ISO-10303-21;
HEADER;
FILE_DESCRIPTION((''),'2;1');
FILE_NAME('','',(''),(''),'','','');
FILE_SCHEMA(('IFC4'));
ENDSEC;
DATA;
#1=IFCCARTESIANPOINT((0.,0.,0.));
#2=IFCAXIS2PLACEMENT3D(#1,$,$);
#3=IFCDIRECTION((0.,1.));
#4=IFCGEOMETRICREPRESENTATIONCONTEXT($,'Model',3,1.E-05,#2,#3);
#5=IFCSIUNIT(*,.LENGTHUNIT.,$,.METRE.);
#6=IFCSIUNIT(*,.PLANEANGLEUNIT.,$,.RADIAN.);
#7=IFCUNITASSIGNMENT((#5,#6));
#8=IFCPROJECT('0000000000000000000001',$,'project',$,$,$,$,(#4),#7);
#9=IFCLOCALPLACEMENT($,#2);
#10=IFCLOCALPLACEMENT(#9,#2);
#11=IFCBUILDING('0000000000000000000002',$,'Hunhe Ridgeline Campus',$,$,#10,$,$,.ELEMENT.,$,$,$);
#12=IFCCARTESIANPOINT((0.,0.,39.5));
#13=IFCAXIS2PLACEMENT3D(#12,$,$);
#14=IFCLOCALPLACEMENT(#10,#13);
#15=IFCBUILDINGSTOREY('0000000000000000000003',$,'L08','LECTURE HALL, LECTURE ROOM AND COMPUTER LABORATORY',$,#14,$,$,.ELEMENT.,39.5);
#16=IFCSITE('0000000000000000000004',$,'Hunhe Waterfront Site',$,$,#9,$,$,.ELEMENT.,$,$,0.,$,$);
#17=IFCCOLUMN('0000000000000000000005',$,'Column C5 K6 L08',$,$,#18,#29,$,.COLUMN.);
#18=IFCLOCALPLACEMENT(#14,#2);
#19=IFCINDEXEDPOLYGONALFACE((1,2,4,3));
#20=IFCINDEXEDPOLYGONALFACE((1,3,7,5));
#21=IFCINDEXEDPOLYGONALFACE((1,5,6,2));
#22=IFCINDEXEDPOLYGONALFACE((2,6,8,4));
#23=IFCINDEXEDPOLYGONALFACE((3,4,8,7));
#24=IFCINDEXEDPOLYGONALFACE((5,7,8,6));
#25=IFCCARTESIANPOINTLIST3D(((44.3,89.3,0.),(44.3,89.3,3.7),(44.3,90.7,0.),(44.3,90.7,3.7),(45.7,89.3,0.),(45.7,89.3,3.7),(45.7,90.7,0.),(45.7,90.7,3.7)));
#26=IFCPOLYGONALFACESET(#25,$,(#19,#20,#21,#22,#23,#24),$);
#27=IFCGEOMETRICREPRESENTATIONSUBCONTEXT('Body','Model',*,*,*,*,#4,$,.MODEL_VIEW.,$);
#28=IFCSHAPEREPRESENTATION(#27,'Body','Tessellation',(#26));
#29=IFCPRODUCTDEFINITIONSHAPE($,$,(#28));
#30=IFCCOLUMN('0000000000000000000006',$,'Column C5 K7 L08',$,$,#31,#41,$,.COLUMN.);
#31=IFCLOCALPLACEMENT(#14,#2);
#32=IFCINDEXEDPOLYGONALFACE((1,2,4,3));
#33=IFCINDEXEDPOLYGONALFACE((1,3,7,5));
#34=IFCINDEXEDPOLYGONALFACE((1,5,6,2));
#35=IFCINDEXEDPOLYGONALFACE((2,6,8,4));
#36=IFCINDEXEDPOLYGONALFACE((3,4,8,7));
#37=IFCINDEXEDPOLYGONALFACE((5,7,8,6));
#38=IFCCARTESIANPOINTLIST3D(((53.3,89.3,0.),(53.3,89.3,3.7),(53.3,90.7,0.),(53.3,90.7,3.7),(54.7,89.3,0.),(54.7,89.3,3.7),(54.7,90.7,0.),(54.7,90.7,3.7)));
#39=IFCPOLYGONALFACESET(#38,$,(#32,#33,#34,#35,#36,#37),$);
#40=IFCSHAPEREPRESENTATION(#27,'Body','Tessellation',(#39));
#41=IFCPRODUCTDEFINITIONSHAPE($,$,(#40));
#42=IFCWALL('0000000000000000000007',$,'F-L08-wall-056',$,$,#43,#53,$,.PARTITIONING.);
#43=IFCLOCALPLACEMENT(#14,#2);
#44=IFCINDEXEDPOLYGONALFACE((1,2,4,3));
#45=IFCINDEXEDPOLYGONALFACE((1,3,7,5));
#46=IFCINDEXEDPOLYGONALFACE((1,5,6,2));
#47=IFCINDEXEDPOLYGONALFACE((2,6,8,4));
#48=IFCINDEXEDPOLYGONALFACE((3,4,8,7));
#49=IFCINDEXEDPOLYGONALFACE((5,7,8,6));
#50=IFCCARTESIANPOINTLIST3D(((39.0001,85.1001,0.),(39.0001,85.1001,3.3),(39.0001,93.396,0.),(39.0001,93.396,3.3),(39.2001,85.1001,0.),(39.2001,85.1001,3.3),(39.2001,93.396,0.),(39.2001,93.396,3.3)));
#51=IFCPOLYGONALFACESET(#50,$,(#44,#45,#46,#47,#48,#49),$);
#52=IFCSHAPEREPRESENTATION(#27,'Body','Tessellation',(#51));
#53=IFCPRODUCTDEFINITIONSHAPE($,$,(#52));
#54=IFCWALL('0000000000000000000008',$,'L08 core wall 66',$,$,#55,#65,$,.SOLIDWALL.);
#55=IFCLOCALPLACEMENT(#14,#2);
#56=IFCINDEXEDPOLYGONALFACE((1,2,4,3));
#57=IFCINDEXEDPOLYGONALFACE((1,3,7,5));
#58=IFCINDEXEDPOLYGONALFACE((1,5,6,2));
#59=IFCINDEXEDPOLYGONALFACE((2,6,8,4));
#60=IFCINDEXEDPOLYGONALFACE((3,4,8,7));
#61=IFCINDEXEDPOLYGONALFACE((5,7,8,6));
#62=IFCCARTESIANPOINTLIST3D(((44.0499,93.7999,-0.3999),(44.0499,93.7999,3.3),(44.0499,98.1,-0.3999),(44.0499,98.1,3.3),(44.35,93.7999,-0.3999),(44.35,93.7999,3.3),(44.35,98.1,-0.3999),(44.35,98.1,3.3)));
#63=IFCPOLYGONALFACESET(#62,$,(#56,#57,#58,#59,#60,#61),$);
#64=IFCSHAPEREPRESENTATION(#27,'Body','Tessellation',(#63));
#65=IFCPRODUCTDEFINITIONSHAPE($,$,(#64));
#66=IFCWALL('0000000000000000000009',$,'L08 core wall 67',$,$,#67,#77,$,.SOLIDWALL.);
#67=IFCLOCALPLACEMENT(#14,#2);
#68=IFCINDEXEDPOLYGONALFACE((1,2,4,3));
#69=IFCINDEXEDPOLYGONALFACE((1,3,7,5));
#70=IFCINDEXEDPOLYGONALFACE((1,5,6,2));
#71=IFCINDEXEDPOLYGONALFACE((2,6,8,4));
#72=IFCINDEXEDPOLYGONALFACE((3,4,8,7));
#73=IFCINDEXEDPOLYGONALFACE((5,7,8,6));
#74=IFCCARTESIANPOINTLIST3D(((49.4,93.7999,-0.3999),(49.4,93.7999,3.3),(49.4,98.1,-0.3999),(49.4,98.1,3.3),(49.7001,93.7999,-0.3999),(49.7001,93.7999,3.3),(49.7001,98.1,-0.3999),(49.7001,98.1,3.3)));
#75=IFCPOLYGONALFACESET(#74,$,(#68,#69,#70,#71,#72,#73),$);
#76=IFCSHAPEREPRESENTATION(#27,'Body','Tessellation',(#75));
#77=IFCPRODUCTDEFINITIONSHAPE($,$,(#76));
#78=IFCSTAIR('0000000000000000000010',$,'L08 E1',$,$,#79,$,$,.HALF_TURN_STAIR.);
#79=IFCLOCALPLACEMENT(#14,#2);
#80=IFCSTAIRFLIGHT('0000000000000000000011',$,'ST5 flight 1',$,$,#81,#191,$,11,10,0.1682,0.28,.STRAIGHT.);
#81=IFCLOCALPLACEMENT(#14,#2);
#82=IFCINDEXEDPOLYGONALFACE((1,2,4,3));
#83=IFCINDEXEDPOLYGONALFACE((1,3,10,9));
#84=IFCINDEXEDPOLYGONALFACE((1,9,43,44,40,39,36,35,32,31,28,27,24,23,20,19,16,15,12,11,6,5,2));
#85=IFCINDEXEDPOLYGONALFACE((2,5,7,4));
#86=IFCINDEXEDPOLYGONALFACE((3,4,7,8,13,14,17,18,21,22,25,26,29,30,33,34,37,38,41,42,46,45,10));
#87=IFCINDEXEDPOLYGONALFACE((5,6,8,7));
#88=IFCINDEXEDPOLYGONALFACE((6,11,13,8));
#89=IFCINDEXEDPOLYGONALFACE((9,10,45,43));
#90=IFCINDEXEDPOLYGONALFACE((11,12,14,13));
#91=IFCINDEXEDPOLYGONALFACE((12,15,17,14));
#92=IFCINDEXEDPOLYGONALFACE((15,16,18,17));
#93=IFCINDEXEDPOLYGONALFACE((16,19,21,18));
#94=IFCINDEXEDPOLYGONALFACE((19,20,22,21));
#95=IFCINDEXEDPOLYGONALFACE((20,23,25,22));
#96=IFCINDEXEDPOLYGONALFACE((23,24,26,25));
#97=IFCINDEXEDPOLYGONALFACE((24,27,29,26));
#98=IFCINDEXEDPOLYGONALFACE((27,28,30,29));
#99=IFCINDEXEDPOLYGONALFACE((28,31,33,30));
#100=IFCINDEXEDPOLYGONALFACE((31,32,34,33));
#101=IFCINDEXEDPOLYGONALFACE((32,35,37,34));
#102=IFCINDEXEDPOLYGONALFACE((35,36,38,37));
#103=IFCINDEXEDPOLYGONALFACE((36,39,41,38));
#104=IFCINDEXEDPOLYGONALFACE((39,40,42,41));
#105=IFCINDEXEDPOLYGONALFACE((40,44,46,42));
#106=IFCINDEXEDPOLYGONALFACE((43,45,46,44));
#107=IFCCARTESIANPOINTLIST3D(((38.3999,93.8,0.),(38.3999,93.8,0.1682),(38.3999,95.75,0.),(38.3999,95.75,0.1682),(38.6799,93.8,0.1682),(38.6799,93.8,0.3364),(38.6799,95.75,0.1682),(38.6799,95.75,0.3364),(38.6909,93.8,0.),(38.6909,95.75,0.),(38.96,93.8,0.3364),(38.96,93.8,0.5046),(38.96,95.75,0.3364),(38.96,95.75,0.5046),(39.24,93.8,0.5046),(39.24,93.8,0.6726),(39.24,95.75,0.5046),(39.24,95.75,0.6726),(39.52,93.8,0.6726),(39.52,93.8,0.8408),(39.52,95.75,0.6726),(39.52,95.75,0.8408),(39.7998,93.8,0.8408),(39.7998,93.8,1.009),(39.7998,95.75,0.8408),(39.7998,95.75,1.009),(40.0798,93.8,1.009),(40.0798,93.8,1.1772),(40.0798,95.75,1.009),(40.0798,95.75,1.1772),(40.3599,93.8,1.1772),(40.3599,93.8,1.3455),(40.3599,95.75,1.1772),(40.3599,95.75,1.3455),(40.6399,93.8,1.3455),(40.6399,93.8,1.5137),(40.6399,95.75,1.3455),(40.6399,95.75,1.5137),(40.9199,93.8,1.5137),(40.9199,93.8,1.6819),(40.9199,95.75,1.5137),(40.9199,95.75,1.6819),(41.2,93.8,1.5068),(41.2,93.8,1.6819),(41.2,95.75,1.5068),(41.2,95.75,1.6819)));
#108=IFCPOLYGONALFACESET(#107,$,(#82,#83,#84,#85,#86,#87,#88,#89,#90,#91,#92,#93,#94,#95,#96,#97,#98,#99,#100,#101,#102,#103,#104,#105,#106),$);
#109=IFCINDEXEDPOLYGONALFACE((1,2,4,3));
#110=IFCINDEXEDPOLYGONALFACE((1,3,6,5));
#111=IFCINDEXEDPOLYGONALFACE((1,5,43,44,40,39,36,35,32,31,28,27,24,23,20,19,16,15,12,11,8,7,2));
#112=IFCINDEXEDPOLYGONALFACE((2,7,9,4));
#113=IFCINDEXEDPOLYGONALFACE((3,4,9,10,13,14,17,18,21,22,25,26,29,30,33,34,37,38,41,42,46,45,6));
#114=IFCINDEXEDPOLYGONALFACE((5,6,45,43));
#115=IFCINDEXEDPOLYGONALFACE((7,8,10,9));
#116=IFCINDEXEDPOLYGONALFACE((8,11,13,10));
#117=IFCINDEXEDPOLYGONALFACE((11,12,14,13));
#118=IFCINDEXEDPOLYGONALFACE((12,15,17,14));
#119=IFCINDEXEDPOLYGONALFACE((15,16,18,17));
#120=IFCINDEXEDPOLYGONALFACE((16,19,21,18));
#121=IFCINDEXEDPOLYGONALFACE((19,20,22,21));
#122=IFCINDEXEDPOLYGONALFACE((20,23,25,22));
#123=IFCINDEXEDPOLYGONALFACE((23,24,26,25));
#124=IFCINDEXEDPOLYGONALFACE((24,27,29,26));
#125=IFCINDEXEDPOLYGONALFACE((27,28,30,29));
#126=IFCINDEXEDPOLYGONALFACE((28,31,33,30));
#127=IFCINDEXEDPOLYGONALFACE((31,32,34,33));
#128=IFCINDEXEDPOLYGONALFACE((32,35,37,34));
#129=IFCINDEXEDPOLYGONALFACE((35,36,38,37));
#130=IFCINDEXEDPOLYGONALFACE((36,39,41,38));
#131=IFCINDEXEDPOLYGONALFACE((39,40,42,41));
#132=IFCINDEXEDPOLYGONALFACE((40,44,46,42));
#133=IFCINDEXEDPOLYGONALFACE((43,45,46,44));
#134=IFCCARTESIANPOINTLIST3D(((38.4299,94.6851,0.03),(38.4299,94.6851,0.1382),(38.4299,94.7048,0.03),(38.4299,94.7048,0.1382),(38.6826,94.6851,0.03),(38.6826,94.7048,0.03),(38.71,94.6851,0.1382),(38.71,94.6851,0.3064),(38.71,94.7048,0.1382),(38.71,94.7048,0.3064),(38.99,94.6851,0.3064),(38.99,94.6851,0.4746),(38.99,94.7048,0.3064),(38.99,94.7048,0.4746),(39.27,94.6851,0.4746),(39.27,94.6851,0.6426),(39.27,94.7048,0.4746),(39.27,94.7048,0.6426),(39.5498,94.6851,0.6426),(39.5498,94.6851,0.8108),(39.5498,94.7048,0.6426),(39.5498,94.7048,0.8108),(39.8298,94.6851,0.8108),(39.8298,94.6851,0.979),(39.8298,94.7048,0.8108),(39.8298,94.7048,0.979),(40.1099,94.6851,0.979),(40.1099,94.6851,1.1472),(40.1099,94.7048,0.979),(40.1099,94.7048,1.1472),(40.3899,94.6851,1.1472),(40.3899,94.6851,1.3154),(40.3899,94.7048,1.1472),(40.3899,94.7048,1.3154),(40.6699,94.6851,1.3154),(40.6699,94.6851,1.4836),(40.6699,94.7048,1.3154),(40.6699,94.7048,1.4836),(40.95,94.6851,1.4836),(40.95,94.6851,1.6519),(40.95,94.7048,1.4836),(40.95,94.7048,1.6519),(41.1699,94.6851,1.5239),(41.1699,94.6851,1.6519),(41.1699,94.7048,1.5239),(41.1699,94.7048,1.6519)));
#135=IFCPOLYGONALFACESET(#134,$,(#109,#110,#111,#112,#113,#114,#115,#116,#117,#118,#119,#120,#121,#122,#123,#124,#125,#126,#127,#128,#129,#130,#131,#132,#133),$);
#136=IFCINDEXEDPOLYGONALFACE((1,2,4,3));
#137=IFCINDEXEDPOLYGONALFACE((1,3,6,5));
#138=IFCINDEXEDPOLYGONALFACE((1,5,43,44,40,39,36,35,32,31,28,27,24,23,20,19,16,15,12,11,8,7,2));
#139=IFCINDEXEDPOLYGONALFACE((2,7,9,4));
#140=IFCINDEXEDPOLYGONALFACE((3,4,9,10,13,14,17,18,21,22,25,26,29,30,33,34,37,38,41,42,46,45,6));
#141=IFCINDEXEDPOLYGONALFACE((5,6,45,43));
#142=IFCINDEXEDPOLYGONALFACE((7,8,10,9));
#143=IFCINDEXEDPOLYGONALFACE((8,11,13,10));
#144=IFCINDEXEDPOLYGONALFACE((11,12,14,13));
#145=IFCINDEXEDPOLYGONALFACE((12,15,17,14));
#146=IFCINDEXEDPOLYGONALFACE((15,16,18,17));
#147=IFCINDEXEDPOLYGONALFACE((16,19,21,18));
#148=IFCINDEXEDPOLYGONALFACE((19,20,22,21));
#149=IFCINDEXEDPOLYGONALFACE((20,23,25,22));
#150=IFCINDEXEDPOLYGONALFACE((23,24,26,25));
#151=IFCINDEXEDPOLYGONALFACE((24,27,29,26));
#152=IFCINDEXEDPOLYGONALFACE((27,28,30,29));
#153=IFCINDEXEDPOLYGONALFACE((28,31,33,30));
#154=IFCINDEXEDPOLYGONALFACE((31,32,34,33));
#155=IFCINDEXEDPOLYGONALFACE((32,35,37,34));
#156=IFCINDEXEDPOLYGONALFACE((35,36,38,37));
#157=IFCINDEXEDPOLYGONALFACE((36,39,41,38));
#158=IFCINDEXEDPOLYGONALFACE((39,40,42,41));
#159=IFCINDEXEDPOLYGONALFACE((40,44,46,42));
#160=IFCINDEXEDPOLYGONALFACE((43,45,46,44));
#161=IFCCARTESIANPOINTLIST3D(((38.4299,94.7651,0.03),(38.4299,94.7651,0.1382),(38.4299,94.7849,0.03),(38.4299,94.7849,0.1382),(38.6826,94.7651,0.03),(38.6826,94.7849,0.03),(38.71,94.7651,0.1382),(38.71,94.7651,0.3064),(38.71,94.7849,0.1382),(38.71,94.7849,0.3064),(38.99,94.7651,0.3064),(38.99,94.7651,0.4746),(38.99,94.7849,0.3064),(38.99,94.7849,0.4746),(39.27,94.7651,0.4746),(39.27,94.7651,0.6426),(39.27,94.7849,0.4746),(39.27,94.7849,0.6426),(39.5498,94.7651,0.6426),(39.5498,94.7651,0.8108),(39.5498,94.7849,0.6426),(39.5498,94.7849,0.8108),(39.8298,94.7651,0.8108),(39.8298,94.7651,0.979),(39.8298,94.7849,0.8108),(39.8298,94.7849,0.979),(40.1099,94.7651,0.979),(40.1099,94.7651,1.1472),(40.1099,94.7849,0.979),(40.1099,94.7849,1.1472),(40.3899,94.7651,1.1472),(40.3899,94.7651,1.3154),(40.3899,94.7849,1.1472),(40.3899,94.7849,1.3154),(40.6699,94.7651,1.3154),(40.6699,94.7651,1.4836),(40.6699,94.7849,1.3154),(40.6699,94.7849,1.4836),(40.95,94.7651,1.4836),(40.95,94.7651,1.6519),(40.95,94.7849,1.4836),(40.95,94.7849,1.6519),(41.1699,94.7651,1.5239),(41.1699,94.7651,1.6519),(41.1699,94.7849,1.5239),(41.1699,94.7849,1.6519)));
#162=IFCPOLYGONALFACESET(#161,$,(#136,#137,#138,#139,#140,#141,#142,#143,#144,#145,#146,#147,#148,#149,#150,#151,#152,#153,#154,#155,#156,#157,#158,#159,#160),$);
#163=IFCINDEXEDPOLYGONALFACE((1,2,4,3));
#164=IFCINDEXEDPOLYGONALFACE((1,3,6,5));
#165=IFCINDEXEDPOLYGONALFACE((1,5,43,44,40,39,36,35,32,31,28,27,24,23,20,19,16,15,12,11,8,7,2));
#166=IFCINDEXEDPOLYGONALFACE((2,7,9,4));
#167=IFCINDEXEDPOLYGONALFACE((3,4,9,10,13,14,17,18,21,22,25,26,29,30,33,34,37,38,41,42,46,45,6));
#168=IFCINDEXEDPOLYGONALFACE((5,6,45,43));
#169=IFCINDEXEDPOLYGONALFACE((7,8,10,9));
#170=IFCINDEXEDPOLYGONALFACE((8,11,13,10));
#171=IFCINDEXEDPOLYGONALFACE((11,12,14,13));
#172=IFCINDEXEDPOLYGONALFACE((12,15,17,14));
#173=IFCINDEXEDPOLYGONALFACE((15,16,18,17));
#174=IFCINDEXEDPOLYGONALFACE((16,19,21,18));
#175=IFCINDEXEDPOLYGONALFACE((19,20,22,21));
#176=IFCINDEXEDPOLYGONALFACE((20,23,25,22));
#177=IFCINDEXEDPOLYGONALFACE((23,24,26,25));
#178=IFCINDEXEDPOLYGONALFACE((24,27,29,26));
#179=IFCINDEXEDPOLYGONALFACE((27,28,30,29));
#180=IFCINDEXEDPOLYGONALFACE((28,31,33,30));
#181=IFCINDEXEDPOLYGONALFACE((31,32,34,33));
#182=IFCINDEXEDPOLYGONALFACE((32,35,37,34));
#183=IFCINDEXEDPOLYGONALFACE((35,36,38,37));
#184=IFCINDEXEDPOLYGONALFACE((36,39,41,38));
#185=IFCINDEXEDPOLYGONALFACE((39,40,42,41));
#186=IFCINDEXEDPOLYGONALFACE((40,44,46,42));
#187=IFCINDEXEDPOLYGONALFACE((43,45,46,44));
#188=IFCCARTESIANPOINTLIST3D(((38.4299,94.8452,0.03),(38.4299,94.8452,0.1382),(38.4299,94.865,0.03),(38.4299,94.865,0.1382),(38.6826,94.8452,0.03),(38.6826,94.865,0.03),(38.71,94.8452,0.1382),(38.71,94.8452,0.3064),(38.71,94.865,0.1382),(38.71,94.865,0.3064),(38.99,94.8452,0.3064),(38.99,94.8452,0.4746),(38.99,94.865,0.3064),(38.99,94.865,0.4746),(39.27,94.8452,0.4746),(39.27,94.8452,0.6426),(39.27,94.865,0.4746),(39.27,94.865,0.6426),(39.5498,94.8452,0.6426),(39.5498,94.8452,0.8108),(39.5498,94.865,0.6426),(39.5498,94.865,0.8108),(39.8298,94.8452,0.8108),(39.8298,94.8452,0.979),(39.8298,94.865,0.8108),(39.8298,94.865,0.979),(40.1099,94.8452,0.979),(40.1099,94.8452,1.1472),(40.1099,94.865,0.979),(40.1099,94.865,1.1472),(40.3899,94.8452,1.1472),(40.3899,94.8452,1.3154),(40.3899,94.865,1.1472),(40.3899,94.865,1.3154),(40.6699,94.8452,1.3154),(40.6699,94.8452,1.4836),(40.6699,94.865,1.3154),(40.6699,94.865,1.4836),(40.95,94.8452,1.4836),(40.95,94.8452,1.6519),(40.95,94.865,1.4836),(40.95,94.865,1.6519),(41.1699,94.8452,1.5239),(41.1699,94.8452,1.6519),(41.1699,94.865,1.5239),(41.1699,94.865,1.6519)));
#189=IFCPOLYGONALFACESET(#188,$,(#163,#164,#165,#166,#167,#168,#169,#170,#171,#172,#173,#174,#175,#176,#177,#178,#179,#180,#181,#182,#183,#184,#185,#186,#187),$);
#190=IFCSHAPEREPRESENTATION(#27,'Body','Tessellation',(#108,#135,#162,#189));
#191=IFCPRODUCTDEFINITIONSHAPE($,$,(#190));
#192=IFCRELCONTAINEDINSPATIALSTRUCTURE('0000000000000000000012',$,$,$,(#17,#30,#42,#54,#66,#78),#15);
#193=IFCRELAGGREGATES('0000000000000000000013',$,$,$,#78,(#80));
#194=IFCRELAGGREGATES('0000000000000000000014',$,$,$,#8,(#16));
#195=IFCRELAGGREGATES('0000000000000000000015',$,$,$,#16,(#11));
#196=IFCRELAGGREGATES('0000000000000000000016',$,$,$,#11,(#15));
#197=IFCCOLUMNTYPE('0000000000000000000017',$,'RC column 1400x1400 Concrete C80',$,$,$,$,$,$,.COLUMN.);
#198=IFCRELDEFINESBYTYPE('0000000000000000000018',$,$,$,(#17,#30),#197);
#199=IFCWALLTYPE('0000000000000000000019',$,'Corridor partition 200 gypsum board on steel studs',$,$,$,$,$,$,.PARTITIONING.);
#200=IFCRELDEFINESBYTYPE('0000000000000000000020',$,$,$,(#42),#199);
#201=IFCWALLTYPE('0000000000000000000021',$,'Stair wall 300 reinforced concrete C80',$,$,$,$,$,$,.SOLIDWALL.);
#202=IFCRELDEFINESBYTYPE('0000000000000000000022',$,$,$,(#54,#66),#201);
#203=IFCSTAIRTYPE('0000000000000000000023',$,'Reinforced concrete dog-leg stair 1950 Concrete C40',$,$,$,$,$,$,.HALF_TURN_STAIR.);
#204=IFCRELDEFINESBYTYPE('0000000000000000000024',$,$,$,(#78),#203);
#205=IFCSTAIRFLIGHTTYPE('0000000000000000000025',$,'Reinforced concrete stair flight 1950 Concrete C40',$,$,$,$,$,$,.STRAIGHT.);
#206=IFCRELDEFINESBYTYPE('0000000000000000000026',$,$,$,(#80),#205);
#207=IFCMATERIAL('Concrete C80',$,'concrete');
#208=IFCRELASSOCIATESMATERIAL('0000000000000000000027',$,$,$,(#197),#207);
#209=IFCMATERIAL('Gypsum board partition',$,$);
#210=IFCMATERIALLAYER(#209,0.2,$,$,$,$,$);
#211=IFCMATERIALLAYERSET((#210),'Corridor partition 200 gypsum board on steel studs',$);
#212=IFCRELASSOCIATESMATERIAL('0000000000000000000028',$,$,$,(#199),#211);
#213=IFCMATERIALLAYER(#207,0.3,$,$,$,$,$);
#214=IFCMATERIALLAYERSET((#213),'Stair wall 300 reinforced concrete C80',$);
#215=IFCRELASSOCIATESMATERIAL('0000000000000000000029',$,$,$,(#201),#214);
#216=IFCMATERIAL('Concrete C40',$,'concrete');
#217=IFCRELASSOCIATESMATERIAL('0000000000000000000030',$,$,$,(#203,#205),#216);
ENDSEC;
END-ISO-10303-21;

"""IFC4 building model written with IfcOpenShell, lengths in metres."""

from ifc_helpers import new_model, si_unit, direction, frame, frame_2d, origin, origin_2d, place, context, subcontext, project, spatial, polyline, rectangle, outline, extrude, material, layer, layer_set, material_profile, profile_set, type_object, element, aggregate, save


model = new_model("IFC4")

# Units and contexts
model_context = context("Model", 3, precision=1e-05, world=origin(), true_north=direction((0.0, 1.0)))
body_context = subcontext(model_context, "Body", "Model", "MODEL_VIEW")
ifc_project = project(units=[si_unit("LENGTHUNIT", "METRE"), si_unit("PLANEANGLEUNIT", "RADIAN")], contexts=[model_context])

# Site, building, storey
site_placement = place(None, origin())
site = spatial("IfcSite", under=ifc_project, at=site_placement, Name="Hunhe Waterfront Site", CompositionType="ELEMENT", RefElevation=0.0)
building_placement = place(site_placement, origin())
building = spatial("IfcBuilding", under=site, at=building_placement, Name="Hunhe Ridgeline Campus", CompositionType="ELEMENT")
storey_placement = place(building_placement, frame((0.0, 0.0, 39.5)))
storey = spatial("IfcBuildingStorey", under=building, at=storey_placement, Name="L08", Description="LECTURE HALL, LECTURE ROOM AND COMPUTER LABORATORY", CompositionType="ELEMENT", Elevation=39.5)

# Columns
ifc_material_1 = material(Name="Concrete C80", Category="concrete")
ifc_material_profile = material_profile(ifc_material_1, rectangle(XDim=1.3999, YDim=1.3999, at=origin_2d()))
ifc_profile_set = profile_set([ifc_material_profile], Name="Concrete C80")
column_type = type_object("IfcColumnType", Name="RC column 1400x1400 Concrete C80", PredefinedType="COLUMN", material=ifc_profile_set)
for number, where, z_axis, x_axis, name in (
    (1, (45.0, 90.0, 0.0), (0.0, 0.0, 1.0), (1.0, 0.0, 0.0), "Column C5 K6 L08"),
    (2, (54.0, 90.0, 0.0), (0.0, 0.0, 1.0), (1.0, 0.0, 0.0), "Column C5 K7 L08"),
):
    element("IfcColumn", number, at=place(storey_placement, frame(where, z_axis=z_axis, x_axis=x_axis)), inside=storey, type_object=column_type, Name=name, PredefinedType="COLUMN", context=body_context, shape_type="SweptSolid", body=[
        extrude(rectangle(XDim=1.3999, YDim=1.3999, at=origin_2d()), origin(), (0.0, 0.0, 1.0), 3.7),
    ])

# Wall
ifc_material_2 = material(Name="Gypsum board partition")
ifc_layer_1 = layer(ifc_material_2, 0.2)
ifc_layer_set_1 = layer_set([ifc_layer_1], Name="Corridor partition 200 gypsum board on steel studs")
wall_type_1 = type_object("IfcWallType", Name="Corridor partition 200 gypsum board on steel studs", PredefinedType="PARTITIONING", material=ifc_layer_set_1)
wall_1_placement = place(storey_placement, frame((39.1001, 93.396, 0.0), z_axis=(0.0, 0.0, 1.0), x_axis=(0.0, -1.0, 0.0)))
element("IfcWall", 3, at=wall_1_placement, inside=storey, type_object=wall_type_1, Name="F-L08-wall-056", PredefinedType="PARTITIONING", context=body_context, shape_type="SweptSolid", body=[
    extrude(rectangle(XDim=8.2959, YDim=0.2, at=frame_2d((4.1479, 0.0))), origin(), (0.0, 0.0, 1.0), 3.3),
])

# Shared definitions
ifc_layer_2 = layer(ifc_material_1, 0.3)
ifc_layer_set_2 = layer_set([ifc_layer_2], Name="Stair wall 300 reinforced concrete C80")
wall_type_2 = type_object("IfcWallType", Name="Stair wall 300 reinforced concrete C80", PredefinedType="SOLIDWALL", material=ifc_layer_set_2)

# Walls
for number, where, z_axis, x_axis, name in (
    (4, (44.2, 93.8, -0.3999), (0.0, 0.0, 1.0), (0.0, 1.0, 0.0), "L08 core wall 66"),
    (5, (49.55, 93.8, -0.3999), (0.0, 0.0, 1.0), (0.0, 1.0, 0.0), "L08 core wall 67"),
):
    element("IfcWall", number, at=place(storey_placement, frame(where, z_axis=z_axis, x_axis=x_axis)), inside=storey, type_object=wall_type_2, Name=name, PredefinedType="SOLIDWALL", context=body_context, shape_type="SweptSolid", body=[
        extrude(rectangle(XDim=4.3, YDim=0.3, at=frame_2d((2.1499, 0.0))), origin(), (0.0, 0.0, 1.0), 3.7),
    ])

# Stair, stair flight
ifc_material_3 = material(Name="Concrete C40", Category="concrete")
stair_type = type_object("IfcStairType", Name="Reinforced concrete dog-leg stair 1950 Concrete C40", PredefinedType="HALF_TURN_STAIR", material=ifc_material_3)
stair_1_placement = place(storey_placement, origin())
stair_1 = element("IfcStair", 6, at=stair_1_placement, inside=storey, type_object=stair_type, Name="L08 E1", PredefinedType="HALF_TURN_STAIR")
stair_flight_type = type_object("IfcStairFlightType", Name="Reinforced concrete stair flight 1950 Concrete C40", PredefinedType="STRAIGHT", material=ifc_material_3)
stair_flight_1_placement = place(storey_placement, frame((38.3999, 94.7749, 0.0), z_axis=(0.0, 0.0, 1.0), x_axis=(1.0, 0.0, 0.0)))
stair_flight_1 = element("IfcStairFlight", 7, at=stair_flight_1_placement, type_object=stair_flight_type, Name="ST5 flight 1", NumberOfRisers=11, NumberOfTreads=10, PredefinedType="STRAIGHT", RiserHeight=0.1682, TreadLength=0.28, context=body_context, shape_type="SweptSolid", body=[
    extrude(outline(polyline([(0.0, 0.0), (0.0, 0.1682), (0.28, 0.1682), (0.28, 0.3364), (0.5601, 0.3364), (0.5601, 0.5046), (0.8401, 0.5046), (0.8401, 0.6726), (1.1201, 0.6726), (1.1201, 0.8408), (1.3999, 0.8408), (1.3999, 1.009), (1.6799, 1.009), (1.6799, 1.1772), (1.96, 1.1772), (1.96, 1.3455), (2.24, 1.3455), (2.24, 1.5137), (2.52, 1.5137), (2.52, 1.6819), (2.8, 1.6819), (2.8, 1.8501), (2.8, 1.5068), (0.291, 0.0), (0.0, 0.0)])), frame((0.0, 0.9751, 0.0), z_axis=(0.0, -1.0, 0.0), x_axis=(1.0, 0.0, 0.0)), (0.0, 0.0, 1.0), 1.95),
    extrude(outline(polyline([(0.03, 0.03), (0.03, 0.1382), (0.3101, 0.1382), (0.3101, 0.3064), (0.5901, 0.3064), (0.5901, 0.4746), (0.8701, 0.4746), (0.8701, 0.6426), (1.1499, 0.6426), (1.1499, 0.8108), (1.4299, 0.8108), (1.4299, 0.979), (1.71, 0.979), (1.71, 1.1472), (1.99, 1.1472), (1.99, 1.3154), (2.27, 1.3154), (2.27, 1.4836), (2.55, 1.4836), (2.55, 1.6519), (2.77, 1.6519), (2.77, 1.5239), (0.2827, 0.03), (0.03, 0.03)])), frame((0.0, -0.0701, 0.0), z_axis=(0.0, -1.0, 0.0), x_axis=(1.0, 0.0, 0.0)), (0.0, 0.0, 1.0), 0.0198),
    extrude(outline(polyline([(0.03, 0.03), (0.03, 0.1382), (0.3101, 0.1382), (0.3101, 0.3064), (0.5901, 0.3064), (0.5901, 0.4746), (0.8701, 0.4746), (0.8701, 0.6426), (1.1499, 0.6426), (1.1499, 0.8108), (1.4299, 0.8108), (1.4299, 0.979), (1.71, 0.979), (1.71, 1.1472), (1.99, 1.1472), (1.99, 1.3154), (2.27, 1.3154), (2.27, 1.4836), (2.55, 1.4836), (2.55, 1.6519), (2.77, 1.6519), (2.77, 1.5239), (0.2827, 0.03), (0.03, 0.03)])), frame((0.0, 0.01, 0.0), z_axis=(0.0, -1.0, 0.0), x_axis=(1.0, 0.0, 0.0)), (0.0, 0.0, 1.0), 0.0198),
    extrude(outline(polyline([(0.03, 0.03), (0.03, 0.1382), (0.3101, 0.1382), (0.3101, 0.3064), (0.5901, 0.3064), (0.5901, 0.4746), (0.8701, 0.4746), (0.8701, 0.6426), (1.1499, 0.6426), (1.1499, 0.8108), (1.4299, 0.8108), (1.4299, 0.979), (1.71, 0.979), (1.71, 1.1472), (1.99, 1.1472), (1.99, 1.3154), (2.27, 1.3154), (2.27, 1.4836), (2.55, 1.4836), (2.55, 1.6519), (2.77, 1.6519), (2.77, 1.5239), (0.2827, 0.03), (0.03, 0.03)])), frame((0.0, 0.0901, 0.0), z_axis=(0.0, -1.0, 0.0), x_axis=(1.0, 0.0, 0.0)), (0.0, 0.0, 1.0), 0.0198),
])
aggregate(stair_1, [stair_flight_1])

save(model, "model.ifc")
